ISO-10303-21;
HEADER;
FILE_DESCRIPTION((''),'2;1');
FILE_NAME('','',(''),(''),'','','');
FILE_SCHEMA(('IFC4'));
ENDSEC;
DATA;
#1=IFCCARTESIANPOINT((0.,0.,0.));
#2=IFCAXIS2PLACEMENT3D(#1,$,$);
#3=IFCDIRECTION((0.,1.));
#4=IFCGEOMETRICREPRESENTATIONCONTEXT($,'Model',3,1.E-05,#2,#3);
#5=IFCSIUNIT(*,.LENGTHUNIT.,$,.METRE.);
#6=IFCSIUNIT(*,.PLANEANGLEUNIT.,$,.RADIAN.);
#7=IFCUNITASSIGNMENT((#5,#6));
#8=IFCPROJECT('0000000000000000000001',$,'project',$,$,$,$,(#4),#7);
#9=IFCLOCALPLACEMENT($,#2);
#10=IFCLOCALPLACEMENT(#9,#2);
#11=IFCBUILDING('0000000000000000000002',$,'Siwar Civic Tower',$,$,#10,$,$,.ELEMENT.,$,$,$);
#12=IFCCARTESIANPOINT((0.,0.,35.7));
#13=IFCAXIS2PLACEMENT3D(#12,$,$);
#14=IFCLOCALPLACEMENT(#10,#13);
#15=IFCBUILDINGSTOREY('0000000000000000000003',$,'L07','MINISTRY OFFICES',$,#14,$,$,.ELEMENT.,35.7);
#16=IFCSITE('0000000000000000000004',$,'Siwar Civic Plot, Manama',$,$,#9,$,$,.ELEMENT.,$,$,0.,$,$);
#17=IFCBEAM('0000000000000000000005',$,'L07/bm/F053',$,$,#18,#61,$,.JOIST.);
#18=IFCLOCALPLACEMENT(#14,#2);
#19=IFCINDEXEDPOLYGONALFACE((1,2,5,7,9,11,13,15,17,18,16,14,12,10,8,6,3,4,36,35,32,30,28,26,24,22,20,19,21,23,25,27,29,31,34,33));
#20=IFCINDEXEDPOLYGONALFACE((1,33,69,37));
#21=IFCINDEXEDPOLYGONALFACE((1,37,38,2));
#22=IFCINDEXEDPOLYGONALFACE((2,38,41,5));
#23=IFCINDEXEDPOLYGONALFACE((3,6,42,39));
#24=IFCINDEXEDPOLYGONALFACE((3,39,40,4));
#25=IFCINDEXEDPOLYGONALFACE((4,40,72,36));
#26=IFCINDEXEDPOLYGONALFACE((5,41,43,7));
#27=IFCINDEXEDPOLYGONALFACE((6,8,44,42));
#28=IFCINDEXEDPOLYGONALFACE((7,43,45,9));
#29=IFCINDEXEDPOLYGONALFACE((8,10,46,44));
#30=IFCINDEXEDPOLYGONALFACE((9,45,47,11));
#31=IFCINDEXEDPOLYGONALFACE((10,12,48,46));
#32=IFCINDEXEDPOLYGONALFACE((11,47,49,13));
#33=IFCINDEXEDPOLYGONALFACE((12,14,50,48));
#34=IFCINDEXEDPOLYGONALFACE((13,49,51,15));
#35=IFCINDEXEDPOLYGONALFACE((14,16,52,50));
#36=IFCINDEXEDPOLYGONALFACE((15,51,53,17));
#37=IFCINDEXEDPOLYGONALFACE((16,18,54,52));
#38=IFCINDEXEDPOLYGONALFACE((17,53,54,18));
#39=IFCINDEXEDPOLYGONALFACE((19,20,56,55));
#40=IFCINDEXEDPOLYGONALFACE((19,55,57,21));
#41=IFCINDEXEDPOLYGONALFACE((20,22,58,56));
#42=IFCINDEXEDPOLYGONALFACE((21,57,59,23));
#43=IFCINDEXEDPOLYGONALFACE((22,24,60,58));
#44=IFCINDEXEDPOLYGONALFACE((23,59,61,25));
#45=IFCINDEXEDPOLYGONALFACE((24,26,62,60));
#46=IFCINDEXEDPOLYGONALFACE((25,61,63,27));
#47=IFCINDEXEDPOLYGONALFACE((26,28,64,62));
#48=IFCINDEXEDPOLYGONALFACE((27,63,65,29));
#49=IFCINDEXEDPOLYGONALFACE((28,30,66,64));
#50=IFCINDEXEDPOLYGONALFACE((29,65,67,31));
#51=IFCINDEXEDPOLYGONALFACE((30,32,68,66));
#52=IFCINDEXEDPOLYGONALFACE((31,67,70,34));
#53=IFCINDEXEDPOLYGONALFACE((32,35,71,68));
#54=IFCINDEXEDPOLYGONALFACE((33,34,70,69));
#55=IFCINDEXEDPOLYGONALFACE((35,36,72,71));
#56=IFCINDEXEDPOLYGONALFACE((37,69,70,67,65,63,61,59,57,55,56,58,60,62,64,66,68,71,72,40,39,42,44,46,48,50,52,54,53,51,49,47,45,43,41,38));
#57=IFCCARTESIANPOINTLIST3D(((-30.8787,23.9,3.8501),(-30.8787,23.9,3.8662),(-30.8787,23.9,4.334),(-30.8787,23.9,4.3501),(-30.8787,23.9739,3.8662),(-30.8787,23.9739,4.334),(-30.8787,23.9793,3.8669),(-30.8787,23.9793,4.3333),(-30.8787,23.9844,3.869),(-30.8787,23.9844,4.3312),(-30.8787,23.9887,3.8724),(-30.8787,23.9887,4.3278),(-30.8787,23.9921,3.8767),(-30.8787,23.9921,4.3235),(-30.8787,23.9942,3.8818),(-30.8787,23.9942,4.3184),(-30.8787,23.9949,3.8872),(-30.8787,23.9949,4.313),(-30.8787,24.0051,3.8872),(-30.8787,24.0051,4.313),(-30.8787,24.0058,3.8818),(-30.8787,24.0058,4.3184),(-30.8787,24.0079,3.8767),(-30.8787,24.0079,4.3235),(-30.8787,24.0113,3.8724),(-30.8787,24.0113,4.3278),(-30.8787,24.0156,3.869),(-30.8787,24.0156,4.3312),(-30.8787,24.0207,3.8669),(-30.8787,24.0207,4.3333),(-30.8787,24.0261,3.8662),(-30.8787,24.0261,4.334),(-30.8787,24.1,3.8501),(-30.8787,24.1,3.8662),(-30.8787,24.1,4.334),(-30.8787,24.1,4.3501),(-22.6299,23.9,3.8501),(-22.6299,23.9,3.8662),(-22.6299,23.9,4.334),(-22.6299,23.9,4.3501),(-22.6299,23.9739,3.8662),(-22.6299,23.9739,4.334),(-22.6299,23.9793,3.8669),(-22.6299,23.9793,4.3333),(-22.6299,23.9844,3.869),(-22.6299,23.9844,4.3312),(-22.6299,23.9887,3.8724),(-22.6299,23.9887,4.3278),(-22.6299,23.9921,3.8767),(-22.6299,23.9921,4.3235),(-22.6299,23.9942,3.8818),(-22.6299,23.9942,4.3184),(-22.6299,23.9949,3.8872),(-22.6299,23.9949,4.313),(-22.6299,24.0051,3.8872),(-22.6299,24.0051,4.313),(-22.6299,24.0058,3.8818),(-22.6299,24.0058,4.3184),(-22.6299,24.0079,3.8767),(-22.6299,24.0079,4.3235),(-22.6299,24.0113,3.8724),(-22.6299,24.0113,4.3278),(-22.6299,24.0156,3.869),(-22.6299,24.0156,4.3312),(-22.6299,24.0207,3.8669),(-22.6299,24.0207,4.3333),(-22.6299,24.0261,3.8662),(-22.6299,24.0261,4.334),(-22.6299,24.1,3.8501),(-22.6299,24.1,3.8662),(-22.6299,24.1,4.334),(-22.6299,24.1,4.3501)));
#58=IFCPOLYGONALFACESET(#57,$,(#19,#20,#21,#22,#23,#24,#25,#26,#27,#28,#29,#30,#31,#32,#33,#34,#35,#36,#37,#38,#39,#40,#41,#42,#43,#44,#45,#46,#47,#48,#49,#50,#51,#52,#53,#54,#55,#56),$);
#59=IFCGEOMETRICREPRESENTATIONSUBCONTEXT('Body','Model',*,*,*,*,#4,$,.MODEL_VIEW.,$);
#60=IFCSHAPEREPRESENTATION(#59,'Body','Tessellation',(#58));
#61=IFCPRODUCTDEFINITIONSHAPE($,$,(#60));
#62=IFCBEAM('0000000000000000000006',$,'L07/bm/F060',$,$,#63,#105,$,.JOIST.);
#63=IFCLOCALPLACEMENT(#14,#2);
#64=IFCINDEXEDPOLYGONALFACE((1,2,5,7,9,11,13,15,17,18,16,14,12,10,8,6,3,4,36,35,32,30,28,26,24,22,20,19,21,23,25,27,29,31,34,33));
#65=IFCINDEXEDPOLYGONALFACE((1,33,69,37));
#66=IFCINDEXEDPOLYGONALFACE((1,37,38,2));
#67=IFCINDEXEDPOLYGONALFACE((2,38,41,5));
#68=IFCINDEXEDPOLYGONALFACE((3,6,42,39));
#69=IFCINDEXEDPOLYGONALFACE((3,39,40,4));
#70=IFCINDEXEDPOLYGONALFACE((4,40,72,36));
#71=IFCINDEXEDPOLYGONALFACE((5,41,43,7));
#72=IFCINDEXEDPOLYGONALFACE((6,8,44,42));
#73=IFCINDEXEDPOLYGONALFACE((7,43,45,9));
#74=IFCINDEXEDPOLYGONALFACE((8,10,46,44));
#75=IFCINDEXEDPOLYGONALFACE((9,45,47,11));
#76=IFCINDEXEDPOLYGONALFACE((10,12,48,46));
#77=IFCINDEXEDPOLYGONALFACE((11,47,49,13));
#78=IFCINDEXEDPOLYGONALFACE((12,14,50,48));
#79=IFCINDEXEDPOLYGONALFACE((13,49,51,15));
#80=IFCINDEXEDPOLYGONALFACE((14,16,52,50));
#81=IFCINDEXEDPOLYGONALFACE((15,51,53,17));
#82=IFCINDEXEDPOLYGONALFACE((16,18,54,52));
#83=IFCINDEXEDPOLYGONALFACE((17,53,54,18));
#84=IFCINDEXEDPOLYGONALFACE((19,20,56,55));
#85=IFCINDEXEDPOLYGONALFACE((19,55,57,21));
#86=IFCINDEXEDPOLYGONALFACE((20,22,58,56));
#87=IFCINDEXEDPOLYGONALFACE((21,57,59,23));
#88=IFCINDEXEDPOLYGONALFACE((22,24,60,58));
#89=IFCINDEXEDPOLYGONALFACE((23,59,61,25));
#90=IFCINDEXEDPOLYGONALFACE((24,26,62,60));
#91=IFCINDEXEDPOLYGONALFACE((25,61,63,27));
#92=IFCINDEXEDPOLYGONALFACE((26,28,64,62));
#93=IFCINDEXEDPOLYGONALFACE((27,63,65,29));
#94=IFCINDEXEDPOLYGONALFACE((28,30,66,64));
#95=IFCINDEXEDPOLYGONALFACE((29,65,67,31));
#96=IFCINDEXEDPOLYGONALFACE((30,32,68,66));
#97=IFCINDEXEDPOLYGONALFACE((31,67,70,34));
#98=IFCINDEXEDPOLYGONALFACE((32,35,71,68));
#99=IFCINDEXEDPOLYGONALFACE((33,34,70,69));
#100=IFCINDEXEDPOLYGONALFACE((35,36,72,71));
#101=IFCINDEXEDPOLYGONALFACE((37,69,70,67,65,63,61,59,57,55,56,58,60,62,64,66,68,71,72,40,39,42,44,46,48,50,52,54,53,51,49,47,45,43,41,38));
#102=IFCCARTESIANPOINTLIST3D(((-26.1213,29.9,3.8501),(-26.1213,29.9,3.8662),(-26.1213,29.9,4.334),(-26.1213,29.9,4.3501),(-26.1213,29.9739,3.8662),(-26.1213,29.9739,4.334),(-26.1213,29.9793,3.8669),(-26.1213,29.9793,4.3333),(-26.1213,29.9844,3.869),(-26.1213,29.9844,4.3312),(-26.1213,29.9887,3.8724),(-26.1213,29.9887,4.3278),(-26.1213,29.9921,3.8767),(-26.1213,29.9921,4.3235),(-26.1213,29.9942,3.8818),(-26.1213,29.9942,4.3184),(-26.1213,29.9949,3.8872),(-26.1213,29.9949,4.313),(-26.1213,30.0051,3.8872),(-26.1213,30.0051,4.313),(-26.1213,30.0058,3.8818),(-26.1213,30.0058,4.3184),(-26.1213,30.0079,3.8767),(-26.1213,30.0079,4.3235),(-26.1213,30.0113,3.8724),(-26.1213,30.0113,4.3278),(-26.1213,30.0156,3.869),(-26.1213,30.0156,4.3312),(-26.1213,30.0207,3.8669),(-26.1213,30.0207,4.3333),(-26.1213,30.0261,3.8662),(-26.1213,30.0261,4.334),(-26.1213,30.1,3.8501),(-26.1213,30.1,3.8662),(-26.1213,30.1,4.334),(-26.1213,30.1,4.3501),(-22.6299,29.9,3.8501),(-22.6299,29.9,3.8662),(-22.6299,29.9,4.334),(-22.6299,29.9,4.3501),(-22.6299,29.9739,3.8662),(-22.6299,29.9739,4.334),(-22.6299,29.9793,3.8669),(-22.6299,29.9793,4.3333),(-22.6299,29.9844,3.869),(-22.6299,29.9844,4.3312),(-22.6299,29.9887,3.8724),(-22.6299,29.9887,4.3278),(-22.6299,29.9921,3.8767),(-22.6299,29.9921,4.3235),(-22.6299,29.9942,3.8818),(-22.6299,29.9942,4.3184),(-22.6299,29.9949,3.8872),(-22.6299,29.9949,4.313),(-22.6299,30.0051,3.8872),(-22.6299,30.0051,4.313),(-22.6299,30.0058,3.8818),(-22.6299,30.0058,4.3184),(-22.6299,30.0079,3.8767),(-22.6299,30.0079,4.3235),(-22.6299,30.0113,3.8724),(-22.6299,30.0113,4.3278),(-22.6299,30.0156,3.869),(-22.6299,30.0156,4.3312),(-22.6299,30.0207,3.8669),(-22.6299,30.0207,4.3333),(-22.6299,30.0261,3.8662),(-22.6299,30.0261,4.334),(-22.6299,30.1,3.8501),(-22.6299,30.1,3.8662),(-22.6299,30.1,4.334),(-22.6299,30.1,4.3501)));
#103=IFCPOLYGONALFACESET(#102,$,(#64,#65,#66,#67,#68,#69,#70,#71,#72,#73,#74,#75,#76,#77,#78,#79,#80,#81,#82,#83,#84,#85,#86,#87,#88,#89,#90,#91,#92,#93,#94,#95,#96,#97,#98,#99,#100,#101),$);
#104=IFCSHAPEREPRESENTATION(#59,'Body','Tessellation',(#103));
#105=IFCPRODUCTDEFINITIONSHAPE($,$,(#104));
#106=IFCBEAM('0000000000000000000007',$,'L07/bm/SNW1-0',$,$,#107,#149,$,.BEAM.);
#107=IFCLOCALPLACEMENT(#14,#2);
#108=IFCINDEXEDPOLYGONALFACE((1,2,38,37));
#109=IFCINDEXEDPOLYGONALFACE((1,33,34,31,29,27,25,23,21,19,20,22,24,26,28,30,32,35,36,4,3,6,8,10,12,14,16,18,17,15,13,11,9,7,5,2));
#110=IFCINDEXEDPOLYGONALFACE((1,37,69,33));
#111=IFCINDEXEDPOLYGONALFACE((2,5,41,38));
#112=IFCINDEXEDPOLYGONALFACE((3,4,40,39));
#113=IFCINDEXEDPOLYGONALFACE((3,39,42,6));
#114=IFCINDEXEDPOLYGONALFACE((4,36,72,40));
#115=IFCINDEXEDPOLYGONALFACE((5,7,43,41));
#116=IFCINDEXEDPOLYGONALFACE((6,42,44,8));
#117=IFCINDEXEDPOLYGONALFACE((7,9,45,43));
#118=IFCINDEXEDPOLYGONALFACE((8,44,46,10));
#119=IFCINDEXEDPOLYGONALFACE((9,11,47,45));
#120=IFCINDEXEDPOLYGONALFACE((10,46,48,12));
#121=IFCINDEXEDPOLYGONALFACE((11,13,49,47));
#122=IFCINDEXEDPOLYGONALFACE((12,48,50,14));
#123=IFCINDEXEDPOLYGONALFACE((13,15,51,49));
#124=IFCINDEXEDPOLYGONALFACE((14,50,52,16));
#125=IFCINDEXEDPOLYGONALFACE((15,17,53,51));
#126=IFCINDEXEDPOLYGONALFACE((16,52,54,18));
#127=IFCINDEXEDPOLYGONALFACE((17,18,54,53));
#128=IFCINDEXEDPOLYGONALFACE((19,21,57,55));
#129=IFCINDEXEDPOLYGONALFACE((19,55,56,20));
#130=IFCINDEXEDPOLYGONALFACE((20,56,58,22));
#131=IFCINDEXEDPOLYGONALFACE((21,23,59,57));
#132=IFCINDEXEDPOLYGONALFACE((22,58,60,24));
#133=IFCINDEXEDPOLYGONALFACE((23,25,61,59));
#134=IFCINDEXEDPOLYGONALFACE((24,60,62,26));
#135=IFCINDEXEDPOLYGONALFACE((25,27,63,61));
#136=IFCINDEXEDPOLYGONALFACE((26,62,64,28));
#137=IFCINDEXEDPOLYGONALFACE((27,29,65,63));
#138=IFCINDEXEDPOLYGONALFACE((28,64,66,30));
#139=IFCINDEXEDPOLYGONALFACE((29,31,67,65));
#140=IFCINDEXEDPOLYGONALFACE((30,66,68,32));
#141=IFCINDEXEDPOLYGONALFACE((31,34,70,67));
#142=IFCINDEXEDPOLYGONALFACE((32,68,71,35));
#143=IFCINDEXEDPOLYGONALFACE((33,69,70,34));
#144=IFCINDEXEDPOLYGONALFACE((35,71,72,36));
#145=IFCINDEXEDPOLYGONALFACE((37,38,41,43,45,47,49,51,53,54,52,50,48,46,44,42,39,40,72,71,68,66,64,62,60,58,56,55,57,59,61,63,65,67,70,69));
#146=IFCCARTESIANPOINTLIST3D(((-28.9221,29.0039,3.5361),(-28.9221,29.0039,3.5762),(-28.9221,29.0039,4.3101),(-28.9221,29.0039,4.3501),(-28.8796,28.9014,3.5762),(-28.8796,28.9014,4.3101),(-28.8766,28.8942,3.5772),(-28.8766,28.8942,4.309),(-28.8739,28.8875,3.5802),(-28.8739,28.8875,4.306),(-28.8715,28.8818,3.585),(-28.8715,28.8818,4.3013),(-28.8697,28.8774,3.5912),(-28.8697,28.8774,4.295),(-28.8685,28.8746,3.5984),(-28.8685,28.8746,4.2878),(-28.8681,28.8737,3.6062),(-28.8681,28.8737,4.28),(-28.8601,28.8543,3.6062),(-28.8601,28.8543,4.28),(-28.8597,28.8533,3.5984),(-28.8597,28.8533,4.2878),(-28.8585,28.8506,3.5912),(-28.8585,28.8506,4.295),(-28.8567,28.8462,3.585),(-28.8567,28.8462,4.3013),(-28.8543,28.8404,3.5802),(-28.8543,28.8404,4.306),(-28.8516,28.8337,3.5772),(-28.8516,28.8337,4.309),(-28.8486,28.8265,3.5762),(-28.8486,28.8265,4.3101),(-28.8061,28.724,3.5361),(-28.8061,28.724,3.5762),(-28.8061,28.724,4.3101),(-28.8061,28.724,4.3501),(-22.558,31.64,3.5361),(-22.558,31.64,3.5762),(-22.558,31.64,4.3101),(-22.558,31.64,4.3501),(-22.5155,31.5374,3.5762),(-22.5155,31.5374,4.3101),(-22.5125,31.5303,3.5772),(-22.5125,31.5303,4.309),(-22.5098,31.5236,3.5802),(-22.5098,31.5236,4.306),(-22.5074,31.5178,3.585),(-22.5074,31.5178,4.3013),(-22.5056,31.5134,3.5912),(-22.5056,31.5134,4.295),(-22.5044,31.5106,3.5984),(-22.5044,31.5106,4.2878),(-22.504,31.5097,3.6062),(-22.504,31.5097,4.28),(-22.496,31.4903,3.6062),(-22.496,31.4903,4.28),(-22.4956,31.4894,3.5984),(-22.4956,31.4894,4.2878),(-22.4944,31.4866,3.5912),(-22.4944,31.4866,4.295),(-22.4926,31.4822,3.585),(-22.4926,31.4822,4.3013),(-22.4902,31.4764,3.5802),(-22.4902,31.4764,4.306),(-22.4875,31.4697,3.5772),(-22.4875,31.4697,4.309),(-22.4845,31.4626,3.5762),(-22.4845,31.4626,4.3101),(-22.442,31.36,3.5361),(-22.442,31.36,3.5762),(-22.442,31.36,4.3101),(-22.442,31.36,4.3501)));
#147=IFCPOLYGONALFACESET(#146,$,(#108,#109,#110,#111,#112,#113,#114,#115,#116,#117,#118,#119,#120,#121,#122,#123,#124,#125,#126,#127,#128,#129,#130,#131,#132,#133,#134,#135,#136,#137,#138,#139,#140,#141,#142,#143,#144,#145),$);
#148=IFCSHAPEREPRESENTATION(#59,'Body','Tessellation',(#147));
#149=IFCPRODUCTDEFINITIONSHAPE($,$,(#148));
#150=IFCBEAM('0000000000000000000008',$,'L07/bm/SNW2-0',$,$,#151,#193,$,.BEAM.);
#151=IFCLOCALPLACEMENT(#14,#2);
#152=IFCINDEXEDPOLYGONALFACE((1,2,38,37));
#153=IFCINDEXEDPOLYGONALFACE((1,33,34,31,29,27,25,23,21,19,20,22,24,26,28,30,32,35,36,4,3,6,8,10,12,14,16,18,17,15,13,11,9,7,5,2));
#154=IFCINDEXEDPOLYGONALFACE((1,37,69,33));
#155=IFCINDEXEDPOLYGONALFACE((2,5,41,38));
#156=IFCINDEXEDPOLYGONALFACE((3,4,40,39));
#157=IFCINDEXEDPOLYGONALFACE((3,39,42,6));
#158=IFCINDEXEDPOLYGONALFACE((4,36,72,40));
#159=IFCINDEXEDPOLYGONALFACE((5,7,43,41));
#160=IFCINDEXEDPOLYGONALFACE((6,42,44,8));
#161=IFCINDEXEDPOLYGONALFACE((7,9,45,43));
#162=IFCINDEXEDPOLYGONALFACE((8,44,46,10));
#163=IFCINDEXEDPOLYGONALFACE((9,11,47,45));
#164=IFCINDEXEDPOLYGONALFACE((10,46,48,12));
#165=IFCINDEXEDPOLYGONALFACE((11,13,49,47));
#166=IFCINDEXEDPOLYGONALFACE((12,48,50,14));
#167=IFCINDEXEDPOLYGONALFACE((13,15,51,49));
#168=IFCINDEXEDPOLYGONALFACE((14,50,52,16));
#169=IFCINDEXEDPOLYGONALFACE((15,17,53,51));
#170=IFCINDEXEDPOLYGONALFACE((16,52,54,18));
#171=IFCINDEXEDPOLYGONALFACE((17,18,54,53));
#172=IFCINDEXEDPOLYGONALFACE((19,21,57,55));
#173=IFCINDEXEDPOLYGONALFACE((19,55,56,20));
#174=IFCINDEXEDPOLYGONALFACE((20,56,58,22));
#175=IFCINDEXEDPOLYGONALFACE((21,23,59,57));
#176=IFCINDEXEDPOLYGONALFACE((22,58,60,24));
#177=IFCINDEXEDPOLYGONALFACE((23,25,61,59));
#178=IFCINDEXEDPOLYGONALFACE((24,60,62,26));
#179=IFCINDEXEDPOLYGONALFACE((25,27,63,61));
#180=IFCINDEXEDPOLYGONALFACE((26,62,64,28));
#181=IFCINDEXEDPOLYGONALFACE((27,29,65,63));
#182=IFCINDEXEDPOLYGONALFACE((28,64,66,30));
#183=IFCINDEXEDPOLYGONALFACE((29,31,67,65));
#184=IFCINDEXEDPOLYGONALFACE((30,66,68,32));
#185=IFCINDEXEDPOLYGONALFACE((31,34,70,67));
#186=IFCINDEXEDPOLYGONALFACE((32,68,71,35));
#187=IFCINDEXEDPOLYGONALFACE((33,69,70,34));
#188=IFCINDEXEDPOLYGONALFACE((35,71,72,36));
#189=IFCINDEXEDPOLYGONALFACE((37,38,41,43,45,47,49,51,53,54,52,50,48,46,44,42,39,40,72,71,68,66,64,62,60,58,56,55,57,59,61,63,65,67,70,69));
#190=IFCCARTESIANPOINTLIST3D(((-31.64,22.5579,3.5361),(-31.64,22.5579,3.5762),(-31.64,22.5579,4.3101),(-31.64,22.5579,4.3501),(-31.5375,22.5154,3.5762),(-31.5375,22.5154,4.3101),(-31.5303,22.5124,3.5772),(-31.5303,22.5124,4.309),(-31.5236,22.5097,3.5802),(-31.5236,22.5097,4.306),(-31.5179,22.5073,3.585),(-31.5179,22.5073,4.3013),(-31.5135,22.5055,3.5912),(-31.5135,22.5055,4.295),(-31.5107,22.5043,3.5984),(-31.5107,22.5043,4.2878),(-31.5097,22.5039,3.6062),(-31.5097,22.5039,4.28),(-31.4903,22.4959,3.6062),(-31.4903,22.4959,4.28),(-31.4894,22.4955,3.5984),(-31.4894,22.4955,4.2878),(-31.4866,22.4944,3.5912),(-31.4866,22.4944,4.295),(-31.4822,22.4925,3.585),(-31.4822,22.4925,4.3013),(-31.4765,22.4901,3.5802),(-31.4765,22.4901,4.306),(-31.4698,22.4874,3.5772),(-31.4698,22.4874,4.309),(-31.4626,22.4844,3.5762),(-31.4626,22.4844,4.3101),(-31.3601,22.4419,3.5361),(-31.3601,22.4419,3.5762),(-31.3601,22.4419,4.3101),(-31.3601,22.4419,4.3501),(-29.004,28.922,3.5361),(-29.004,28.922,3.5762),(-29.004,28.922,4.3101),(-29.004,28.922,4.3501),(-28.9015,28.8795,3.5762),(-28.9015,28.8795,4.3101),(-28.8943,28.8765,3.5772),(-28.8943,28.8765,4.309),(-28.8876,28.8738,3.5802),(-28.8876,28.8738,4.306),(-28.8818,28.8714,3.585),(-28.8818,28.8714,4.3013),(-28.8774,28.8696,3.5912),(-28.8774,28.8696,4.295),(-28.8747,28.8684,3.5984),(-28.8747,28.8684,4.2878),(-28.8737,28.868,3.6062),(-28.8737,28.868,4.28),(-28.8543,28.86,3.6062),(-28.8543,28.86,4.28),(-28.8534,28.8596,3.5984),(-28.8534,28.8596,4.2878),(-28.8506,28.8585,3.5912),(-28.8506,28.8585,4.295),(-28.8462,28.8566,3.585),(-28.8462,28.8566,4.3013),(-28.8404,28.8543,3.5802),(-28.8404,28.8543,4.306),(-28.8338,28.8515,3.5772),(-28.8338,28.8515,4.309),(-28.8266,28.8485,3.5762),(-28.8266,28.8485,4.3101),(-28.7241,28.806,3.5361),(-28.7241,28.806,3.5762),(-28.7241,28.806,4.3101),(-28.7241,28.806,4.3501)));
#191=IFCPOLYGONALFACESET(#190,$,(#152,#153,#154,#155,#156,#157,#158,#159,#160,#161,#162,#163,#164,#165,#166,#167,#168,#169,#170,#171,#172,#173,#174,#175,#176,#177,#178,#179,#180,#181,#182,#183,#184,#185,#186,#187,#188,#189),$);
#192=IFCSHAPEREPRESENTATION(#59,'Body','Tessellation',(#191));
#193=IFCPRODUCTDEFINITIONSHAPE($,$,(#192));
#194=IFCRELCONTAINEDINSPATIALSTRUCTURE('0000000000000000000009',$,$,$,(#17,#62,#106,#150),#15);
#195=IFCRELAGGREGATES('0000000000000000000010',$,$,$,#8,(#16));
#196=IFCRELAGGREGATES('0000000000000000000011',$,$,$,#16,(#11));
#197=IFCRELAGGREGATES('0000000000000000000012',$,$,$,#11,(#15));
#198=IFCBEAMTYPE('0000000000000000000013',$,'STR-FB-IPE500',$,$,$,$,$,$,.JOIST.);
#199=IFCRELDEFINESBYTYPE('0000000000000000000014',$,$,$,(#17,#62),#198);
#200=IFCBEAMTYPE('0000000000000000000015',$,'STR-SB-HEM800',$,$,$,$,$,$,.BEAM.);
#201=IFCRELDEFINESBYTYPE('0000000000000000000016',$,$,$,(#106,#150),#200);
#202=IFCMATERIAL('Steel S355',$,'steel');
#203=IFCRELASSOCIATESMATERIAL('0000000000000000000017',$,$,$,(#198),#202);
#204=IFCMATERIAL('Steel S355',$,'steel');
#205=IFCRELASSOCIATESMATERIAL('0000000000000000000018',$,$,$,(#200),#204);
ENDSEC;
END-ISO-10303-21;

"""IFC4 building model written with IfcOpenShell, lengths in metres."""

from ifc_helpers import new_model, si_unit, direction, frame, origin, origin_2d, place, context, subcontext, project, spatial, i_section, extrude, material, material_profile, profile_set, type_object, element, save


model = new_model("IFC4")

# Units and contexts
model_context = context("Model", 3, precision=1e-05, world=origin(), true_north=direction((0.0, 1.0)))
body_context = subcontext(model_context, "Body", "Model", "MODEL_VIEW")
ifc_project = project(units=[si_unit("LENGTHUNIT", "METRE"), si_unit("PLANEANGLEUNIT", "RADIAN")], contexts=[model_context])

# Site, building, storey
site_placement = place(None, origin())
site = spatial("IfcSite", under=ifc_project, at=site_placement, Name="Siwar Civic Plot, Manama", CompositionType="ELEMENT", RefElevation=0.0)
building_placement = place(site_placement, origin())
building = spatial("IfcBuilding", under=site, at=building_placement, Name="Siwar Civic Tower", CompositionType="ELEMENT")
storey_placement = place(building_placement, frame((0.0, 0.0, 35.7)))
storey = spatial("IfcBuildingStorey", under=building, at=storey_placement, Name="L07", Description="MINISTRY OFFICES", CompositionType="ELEMENT", Elevation=35.7)

# Beams
ifc_material_1 = material(Name="Steel S355", Category="steel")
ifc_material_profile_1 = material_profile(ifc_material_1, i_section(OverallWidth=0.2, OverallDepth=0.5, WebThickness=0.0103, FlangeThickness=0.0161, FilletRadius=0.021, at=origin_2d()), Name="IPE500")
ifc_profile_set_1 = profile_set([ifc_material_profile_1], Name="Steel S355")
beam_type_1 = type_object("IfcBeamType", Name="STR-FB-IPE500", PredefinedType="JOIST", material=ifc_profile_set_1)
beam_1_placement = place(storey_placement, frame((-30.8787, 24.0, 4.1001), z_axis=(1.0, 0.0, 0.0), x_axis=(0.0, 1.0, 0.0)))
element("IfcBeam", 1, at=beam_1_placement, inside=storey, type_object=beam_type_1, Name="L07/bm/F053", PredefinedType="JOIST", context=body_context, shape_type="SweptSolid", body=[
    extrude(i_section(OverallWidth=0.2, OverallDepth=0.5, WebThickness=0.0103, FlangeThickness=0.0161, FilletRadius=0.021, at=origin_2d()), origin(), (0.0, 0.0, 1.0), 8.2488),
])
beam_2_placement = place(storey_placement, frame((-26.1213, 30.0, 4.1001), z_axis=(1.0, 0.0, 0.0), x_axis=(0.0, 1.0, 0.0)))
element("IfcBeam", 2, at=beam_2_placement, inside=storey, type_object=beam_type_1, Name="L07/bm/F060", PredefinedType="JOIST", context=body_context, shape_type="SweptSolid", body=[
    extrude(i_section(OverallWidth=0.2, OverallDepth=0.5, WebThickness=0.0103, FlangeThickness=0.0161, FilletRadius=0.021, at=origin_2d()), origin(), (0.0, 0.0, 1.0), 3.4915),
])
ifc_material_2 = material(Name="Steel S355", Category="steel")
ifc_material_profile_2 = material_profile(ifc_material_2, i_section(OverallWidth=0.303, OverallDepth=0.814, WebThickness=0.021, FlangeThickness=0.04, FilletRadius=0.03, at=origin_2d()), Name="HEM800")
ifc_profile_set_2 = profile_set([ifc_material_profile_2], Name="Steel S355")
beam_type_2 = type_object("IfcBeamType", Name="STR-SB-HEM800", PredefinedType="BEAM", material=ifc_profile_set_2)
for number, where, z_axis, x_axis, name in (
    (3, (-22.5, 31.5, 3.9431), (-0.923883, -0.382674, 0.0), (0.382674, -0.923883, 0.0), "L07/bm/SNW1-0"),
    (4, (-28.864, 28.864, 3.9431), (-0.382674, -0.923883, 0.0), (0.923883, -0.382674, 0.0), "L07/bm/SNW2-0"),
):
    element("IfcBeam", number, at=place(storey_placement, frame(where, z_axis=z_axis, x_axis=x_axis)), inside=storey, type_object=beam_type_2, Name=name, PredefinedType="BEAM", context=body_context, shape_type="SweptSolid", body=[
        extrude(i_section(OverallWidth=0.303, OverallDepth=0.814, WebThickness=0.021, FlangeThickness=0.04, FilletRadius=0.03, at=origin_2d()), origin(), (0.0, 0.0, 1.0), 6.8884),
    ])

save(model, "model.ifc")
